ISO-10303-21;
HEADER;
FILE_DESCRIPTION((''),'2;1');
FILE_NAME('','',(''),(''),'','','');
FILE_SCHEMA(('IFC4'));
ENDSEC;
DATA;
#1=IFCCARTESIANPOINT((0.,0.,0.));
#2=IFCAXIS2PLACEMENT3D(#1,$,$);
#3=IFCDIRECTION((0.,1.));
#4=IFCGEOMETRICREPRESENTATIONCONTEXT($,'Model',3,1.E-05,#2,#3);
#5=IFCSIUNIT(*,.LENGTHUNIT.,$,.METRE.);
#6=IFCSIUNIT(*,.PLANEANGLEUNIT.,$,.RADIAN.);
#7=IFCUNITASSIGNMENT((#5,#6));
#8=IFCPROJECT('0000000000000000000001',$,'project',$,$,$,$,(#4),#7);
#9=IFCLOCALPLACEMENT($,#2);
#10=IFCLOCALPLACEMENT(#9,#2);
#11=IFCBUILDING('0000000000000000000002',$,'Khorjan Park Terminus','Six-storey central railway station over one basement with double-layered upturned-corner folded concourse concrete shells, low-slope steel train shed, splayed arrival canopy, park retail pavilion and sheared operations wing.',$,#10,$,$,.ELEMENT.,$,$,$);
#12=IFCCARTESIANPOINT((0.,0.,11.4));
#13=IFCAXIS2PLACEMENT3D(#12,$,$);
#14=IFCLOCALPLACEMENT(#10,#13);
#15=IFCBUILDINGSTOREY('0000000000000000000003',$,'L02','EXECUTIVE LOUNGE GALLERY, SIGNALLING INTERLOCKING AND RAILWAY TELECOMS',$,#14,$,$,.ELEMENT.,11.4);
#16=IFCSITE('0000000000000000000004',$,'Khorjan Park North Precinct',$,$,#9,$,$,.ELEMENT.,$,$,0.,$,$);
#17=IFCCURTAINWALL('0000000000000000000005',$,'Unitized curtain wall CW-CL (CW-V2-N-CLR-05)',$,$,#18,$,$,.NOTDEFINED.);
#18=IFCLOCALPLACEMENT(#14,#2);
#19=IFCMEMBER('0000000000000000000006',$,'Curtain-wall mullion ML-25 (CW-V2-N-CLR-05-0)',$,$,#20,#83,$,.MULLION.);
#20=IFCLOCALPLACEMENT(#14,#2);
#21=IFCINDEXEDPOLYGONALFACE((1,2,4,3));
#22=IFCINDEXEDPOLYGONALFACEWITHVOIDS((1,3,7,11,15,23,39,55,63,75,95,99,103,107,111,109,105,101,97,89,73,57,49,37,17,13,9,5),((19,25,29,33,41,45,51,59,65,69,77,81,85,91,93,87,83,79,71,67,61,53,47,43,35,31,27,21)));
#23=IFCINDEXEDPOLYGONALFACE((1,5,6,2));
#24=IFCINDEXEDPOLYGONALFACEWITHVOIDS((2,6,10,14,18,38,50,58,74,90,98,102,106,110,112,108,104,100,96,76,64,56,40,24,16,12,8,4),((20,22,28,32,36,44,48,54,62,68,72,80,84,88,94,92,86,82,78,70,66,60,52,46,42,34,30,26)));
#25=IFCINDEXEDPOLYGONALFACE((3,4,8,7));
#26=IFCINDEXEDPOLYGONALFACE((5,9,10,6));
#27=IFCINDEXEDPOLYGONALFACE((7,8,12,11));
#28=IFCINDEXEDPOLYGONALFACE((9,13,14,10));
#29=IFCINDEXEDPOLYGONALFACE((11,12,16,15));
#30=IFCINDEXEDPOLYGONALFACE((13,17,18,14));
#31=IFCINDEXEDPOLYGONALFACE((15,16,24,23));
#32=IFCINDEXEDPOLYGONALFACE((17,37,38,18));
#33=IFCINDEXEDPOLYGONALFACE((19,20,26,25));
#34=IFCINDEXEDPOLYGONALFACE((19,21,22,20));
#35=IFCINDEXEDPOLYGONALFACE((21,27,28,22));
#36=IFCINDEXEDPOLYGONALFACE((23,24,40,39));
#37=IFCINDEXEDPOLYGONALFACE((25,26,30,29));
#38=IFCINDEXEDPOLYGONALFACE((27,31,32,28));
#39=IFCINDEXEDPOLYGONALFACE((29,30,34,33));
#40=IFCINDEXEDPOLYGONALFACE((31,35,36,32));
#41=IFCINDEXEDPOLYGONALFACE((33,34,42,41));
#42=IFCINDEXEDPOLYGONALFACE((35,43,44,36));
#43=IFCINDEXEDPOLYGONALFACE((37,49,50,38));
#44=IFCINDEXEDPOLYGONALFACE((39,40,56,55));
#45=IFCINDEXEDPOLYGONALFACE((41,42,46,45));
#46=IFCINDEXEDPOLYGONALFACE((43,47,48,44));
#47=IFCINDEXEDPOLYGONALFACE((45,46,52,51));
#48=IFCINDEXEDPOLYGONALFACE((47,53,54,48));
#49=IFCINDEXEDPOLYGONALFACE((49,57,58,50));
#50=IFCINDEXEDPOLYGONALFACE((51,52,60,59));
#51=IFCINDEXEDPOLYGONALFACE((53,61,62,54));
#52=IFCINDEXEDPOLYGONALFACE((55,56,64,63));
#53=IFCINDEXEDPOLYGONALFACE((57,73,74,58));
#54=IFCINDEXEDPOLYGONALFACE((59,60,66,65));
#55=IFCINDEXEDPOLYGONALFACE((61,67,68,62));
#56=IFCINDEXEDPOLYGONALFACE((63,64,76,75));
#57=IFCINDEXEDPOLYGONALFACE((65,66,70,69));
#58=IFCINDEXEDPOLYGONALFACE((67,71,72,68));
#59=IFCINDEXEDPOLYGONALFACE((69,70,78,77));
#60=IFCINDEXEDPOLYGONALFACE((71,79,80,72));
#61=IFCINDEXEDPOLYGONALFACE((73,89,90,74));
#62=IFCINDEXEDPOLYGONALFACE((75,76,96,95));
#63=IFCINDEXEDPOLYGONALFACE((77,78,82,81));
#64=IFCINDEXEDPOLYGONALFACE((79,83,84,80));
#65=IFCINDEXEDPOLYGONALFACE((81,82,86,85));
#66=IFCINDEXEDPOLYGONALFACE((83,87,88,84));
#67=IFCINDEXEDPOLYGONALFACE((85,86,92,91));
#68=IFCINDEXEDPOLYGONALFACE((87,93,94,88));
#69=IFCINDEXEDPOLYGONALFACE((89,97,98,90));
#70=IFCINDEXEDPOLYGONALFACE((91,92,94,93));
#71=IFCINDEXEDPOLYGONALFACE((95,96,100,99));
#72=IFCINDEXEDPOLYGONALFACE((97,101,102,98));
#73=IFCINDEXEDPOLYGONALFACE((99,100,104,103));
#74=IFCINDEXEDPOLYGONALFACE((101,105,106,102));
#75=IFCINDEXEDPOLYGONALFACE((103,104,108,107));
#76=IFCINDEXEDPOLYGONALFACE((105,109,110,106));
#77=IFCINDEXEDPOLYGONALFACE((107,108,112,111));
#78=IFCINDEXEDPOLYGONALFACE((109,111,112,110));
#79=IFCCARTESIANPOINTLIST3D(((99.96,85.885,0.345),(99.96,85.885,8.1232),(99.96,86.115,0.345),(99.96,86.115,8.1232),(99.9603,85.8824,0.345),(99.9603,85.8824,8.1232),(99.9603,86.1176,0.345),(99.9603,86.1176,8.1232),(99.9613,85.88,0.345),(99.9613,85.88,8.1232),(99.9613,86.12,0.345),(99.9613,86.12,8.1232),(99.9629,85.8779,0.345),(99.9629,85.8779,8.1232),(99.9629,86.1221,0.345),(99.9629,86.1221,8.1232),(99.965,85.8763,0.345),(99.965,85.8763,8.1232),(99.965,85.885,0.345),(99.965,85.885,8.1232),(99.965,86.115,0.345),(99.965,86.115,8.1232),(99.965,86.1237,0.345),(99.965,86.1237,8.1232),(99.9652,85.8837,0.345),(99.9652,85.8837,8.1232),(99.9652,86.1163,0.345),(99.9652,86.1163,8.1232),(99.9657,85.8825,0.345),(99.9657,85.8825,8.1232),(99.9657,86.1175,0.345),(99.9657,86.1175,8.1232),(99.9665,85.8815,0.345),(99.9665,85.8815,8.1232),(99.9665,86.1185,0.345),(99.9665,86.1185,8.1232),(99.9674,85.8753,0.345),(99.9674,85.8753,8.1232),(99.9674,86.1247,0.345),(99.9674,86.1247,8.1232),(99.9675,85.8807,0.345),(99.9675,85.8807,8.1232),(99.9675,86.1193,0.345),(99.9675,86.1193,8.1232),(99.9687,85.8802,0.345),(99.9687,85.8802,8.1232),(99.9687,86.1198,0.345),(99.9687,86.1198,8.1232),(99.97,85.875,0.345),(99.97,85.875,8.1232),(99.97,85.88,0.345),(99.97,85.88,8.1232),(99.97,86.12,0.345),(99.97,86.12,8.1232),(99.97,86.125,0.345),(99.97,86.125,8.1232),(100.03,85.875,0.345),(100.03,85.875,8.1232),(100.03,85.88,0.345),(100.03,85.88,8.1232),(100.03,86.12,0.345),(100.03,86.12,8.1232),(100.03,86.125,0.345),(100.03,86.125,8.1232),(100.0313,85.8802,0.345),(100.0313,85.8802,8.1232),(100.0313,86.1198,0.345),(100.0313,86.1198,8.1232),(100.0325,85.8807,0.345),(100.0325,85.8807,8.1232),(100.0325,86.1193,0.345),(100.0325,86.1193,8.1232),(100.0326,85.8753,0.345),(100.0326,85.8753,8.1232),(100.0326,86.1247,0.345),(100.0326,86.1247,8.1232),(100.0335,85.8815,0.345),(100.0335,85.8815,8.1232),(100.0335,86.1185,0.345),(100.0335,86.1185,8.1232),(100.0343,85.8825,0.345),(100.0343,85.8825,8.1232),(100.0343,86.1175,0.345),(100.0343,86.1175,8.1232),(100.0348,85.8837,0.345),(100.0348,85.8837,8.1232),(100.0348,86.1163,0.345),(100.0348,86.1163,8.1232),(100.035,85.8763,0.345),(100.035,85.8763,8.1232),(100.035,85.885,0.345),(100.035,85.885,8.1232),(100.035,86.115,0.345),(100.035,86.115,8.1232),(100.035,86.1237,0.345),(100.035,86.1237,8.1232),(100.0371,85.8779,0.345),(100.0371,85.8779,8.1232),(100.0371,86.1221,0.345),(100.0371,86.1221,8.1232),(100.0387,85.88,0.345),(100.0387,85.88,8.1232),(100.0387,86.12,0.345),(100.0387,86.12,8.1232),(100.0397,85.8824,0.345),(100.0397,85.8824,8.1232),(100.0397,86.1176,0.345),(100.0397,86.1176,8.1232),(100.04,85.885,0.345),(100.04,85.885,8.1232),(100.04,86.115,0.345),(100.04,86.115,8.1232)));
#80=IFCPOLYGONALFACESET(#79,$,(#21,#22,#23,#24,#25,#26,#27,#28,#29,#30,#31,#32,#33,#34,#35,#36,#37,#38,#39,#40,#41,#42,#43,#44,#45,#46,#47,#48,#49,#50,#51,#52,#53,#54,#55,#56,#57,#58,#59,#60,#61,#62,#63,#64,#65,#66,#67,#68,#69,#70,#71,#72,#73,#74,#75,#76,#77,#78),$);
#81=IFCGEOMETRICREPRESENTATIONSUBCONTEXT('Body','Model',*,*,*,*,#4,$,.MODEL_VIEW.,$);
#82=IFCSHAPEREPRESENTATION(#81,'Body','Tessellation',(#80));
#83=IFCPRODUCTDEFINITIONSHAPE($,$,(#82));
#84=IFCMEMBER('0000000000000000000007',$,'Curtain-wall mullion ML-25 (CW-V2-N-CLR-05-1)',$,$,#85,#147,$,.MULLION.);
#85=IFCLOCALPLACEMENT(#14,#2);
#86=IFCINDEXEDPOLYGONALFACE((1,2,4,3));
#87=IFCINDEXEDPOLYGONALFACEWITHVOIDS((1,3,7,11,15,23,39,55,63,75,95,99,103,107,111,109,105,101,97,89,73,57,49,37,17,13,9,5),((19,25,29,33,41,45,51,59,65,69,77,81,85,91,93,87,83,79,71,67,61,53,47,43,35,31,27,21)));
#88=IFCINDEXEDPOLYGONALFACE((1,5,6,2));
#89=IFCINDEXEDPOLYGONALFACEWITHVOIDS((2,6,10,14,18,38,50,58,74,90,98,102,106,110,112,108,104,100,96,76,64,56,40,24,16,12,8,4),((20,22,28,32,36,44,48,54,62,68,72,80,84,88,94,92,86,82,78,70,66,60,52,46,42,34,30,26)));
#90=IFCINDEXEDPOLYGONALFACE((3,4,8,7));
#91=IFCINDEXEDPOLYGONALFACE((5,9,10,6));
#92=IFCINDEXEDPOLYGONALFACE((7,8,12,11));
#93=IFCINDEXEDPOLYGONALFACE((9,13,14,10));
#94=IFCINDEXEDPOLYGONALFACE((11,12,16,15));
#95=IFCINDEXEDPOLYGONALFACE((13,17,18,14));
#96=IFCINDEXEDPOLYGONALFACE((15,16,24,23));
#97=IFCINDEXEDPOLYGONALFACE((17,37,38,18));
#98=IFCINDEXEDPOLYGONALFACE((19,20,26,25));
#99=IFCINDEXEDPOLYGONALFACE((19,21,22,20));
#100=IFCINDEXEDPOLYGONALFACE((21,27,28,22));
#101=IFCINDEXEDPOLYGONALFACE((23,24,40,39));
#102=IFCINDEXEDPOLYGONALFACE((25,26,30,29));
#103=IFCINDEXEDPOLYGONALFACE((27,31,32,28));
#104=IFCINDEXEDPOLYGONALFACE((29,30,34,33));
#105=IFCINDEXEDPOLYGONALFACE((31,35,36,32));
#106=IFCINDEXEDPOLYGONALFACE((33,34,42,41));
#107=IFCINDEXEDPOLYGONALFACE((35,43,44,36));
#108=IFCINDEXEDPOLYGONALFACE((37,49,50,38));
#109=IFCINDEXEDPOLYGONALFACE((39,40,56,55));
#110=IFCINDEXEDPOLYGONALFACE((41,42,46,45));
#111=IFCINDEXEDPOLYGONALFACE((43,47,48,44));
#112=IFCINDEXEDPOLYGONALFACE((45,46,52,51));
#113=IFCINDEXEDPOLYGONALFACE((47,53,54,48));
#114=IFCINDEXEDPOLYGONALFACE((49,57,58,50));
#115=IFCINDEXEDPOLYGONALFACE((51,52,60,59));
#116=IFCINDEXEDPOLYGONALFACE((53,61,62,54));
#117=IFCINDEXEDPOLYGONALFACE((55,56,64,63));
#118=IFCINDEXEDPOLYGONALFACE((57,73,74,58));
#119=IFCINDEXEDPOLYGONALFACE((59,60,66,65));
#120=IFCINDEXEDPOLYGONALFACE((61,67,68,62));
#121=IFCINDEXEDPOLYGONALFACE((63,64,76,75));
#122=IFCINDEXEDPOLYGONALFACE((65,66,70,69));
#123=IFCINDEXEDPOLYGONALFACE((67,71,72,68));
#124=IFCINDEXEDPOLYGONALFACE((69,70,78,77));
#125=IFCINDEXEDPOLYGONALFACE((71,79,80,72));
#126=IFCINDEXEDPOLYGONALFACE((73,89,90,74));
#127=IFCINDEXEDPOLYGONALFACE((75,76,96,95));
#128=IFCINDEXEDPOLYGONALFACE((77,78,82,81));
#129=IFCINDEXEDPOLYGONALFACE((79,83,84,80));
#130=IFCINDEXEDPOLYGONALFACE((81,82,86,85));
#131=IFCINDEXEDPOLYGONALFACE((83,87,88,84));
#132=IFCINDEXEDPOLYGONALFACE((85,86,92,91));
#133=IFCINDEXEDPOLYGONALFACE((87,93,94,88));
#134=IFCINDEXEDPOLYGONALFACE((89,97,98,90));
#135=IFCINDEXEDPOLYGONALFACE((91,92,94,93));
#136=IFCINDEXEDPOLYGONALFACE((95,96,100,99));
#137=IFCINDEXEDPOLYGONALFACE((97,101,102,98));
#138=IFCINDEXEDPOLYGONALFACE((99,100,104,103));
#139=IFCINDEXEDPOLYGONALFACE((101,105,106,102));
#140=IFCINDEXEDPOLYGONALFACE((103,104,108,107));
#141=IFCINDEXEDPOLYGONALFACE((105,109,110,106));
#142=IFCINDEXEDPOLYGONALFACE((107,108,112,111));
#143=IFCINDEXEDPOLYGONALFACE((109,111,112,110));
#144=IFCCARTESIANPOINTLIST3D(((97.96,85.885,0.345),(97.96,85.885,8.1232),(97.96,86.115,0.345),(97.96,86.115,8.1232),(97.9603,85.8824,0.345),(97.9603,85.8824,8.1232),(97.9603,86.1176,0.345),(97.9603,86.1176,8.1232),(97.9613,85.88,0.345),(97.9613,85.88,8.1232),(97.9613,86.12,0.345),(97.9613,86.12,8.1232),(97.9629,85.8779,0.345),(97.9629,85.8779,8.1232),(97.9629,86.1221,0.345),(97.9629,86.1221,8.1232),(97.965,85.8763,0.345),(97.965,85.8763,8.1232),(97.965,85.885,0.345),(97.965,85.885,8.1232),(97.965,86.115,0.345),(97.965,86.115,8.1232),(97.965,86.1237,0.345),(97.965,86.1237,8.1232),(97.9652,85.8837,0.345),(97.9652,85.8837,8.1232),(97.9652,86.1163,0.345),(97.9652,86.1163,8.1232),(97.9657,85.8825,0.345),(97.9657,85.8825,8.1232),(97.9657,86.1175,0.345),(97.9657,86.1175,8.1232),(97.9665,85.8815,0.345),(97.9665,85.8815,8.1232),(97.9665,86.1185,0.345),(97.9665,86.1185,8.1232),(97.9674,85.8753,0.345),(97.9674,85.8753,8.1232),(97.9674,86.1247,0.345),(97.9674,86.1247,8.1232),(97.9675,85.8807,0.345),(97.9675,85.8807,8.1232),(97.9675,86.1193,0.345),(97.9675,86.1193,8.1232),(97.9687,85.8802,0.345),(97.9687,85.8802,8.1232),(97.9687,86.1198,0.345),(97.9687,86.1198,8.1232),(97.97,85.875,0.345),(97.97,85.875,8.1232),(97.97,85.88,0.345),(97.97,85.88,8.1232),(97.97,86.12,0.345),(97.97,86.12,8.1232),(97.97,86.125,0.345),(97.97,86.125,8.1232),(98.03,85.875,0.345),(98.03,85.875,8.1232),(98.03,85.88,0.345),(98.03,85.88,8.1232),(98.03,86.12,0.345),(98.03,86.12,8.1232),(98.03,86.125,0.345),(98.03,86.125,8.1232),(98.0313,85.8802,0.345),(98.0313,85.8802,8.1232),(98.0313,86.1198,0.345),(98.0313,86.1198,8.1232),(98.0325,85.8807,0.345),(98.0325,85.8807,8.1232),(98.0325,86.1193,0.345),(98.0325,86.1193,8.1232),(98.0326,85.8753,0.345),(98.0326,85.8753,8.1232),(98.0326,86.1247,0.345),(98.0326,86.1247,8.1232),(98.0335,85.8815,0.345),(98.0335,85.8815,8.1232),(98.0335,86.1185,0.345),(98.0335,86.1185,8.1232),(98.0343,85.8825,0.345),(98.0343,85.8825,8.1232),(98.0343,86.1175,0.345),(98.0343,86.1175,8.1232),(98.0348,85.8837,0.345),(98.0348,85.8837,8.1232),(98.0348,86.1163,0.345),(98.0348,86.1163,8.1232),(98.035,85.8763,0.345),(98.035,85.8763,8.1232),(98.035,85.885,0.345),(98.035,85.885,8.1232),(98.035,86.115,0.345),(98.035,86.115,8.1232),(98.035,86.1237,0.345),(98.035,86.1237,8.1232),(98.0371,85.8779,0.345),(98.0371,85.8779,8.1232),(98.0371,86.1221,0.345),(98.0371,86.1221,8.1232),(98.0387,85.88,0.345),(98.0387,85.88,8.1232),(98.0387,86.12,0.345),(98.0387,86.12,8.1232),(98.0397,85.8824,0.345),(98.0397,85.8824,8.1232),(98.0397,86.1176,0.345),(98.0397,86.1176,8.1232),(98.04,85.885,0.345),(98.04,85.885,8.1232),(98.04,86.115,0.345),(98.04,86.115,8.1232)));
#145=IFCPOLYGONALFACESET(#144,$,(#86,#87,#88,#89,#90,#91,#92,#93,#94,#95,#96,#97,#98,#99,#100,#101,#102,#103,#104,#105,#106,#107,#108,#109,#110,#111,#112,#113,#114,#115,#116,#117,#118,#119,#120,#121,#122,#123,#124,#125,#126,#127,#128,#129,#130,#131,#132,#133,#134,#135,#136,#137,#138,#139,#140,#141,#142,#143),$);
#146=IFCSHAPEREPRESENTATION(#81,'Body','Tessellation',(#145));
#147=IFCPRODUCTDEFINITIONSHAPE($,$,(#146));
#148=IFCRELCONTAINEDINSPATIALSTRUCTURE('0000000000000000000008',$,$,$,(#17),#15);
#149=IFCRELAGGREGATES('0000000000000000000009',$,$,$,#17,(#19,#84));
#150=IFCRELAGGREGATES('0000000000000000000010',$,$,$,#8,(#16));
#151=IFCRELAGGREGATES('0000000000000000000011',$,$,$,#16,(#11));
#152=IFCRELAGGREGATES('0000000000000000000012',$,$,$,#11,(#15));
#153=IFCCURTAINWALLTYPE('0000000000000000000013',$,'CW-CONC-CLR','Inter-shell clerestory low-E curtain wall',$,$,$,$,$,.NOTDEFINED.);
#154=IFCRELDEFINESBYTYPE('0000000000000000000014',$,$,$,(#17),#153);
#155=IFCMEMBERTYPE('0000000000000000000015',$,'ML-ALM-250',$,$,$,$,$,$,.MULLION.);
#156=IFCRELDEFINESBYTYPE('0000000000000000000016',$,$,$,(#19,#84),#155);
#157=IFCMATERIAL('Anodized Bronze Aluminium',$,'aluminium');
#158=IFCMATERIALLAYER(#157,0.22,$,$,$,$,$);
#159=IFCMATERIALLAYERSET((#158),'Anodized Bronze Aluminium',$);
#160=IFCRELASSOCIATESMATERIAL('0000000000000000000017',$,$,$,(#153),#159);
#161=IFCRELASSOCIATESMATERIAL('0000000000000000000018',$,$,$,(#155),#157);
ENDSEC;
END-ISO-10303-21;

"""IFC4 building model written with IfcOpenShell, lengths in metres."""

from ifc_helpers import new_model, si_unit, direction, frame, origin, origin_2d, place, context, subcontext, project, spatial, hollow_rectangle, extrude, material, layer, layer_set, material_profile, profile_set, type_object, element, aggregate, save


model = new_model("IFC4")

# Units and contexts
model_context = context("Model", 3, precision=1e-05, world=origin(), true_north=direction((0.0, 1.0)))
body_context = subcontext(model_context, "Body", "Model", "MODEL_VIEW")
ifc_project = project(units=[si_unit("LENGTHUNIT", "METRE"), si_unit("PLANEANGLEUNIT", "RADIAN")], contexts=[model_context])

# Site, building, storey
site_placement = place(None, origin())
site = spatial("IfcSite", under=ifc_project, at=site_placement, Name="Khorjan Park North Precinct", CompositionType="ELEMENT", RefElevation=0.0)
building_placement = place(site_placement, origin())
building = spatial("IfcBuilding", under=site, at=building_placement, Name="Khorjan Park Terminus", Description="Six-storey central railway station over one basement with double-layered upturned-corner folded concourse concrete shells, low-slope steel train shed, splayed arrival canopy, park retail pavilion and sheared operations wing.", CompositionType="ELEMENT")
storey_placement = place(building_placement, frame((0.0, 0.0, 11.4)))
storey = spatial("IfcBuildingStorey", under=building, at=storey_placement, Name="L02", Description="EXECUTIVE LOUNGE GALLERY, SIGNALLING INTERLOCKING AND RAILWAY TELECOMS", CompositionType="ELEMENT", Elevation=11.4)

# Curtain wall, members
ifc_material_1 = material(Name="Anodized Bronze Aluminium", Category="aluminium")
ifc_layer_1 = layer(ifc_material_1, 0.22)
ifc_layer_set_1 = layer_set([ifc_layer_1], Name="Anodized Bronze Aluminium")
curtain_wall_type = type_object("IfcCurtainWallType", Name="CW-CONC-CLR", Description="Inter-shell clerestory low-E curtain wall", PredefinedType="NOTDEFINED", material=ifc_layer_set_1)
curtain_wall_1_placement = place(storey_placement, origin())
curtain_wall_1 = element("IfcCurtainWall", 1, at=curtain_wall_1_placement, inside=storey, type_object=curtain_wall_type, Name="Unitized curtain wall CW-CL (CW-V2-N-CLR-05)", PredefinedType="NOTDEFINED")
ifc_material_profile_1 = material_profile(ifc_material_1, hollow_rectangle(XDim=0.08, YDim=0.25, WallThickness=0.005, InnerFilletRadius=0.005, OuterFilletRadius=0.01, at=origin_2d()), Name="ALM 80x250x5")
ifc_profile_set_1 = profile_set([ifc_material_profile_1], Name="Anodized Bronze Aluminium")
member_type_1 = type_object("IfcMemberType", Name="ML-ALM-250", PredefinedType="MULLION", material=ifc_profile_set_1)
member_1_placement = place(storey_placement, frame((100.0, 86.0, 0.345), z_axis=(0.0, 0.0, 1.0), x_axis=(-1.0, 0.0, 0.0)))
member_1 = element("IfcMember", 2, at=member_1_placement, type_object=member_type_1, Name="Curtain-wall mullion ML-25 (CW-V2-N-CLR-05-0)", PredefinedType="MULLION", context=body_context, shape_type="SweptSolid", body=[
    extrude(hollow_rectangle(XDim=0.08, YDim=0.25, WallThickness=0.005, InnerFilletRadius=0.005, OuterFilletRadius=0.01, at=origin_2d()), origin(), (0.0, 0.0, 1.0), 7.7782),
])
member_2_placement = place(storey_placement, frame((98.0, 86.0, 0.345), z_axis=(0.0, 0.0, 1.0), x_axis=(-1.0, 0.0, 0.0)))
member_2 = element("IfcMember", 3, at=member_2_placement, type_object=member_type_1, Name="Curtain-wall mullion ML-25 (CW-V2-N-CLR-05-1)", PredefinedType="MULLION", context=body_context, shape_type="SweptSolid", body=[
    extrude(hollow_rectangle(XDim=0.08, YDim=0.25, WallThickness=0.005, InnerFilletRadius=0.005, OuterFilletRadius=0.01, at=origin_2d()), origin(), (0.0, 0.0, 1.0), 7.7782),
])

aggregate(curtain_wall_1, [member_1, member_2])

save(model, "model.ifc")
